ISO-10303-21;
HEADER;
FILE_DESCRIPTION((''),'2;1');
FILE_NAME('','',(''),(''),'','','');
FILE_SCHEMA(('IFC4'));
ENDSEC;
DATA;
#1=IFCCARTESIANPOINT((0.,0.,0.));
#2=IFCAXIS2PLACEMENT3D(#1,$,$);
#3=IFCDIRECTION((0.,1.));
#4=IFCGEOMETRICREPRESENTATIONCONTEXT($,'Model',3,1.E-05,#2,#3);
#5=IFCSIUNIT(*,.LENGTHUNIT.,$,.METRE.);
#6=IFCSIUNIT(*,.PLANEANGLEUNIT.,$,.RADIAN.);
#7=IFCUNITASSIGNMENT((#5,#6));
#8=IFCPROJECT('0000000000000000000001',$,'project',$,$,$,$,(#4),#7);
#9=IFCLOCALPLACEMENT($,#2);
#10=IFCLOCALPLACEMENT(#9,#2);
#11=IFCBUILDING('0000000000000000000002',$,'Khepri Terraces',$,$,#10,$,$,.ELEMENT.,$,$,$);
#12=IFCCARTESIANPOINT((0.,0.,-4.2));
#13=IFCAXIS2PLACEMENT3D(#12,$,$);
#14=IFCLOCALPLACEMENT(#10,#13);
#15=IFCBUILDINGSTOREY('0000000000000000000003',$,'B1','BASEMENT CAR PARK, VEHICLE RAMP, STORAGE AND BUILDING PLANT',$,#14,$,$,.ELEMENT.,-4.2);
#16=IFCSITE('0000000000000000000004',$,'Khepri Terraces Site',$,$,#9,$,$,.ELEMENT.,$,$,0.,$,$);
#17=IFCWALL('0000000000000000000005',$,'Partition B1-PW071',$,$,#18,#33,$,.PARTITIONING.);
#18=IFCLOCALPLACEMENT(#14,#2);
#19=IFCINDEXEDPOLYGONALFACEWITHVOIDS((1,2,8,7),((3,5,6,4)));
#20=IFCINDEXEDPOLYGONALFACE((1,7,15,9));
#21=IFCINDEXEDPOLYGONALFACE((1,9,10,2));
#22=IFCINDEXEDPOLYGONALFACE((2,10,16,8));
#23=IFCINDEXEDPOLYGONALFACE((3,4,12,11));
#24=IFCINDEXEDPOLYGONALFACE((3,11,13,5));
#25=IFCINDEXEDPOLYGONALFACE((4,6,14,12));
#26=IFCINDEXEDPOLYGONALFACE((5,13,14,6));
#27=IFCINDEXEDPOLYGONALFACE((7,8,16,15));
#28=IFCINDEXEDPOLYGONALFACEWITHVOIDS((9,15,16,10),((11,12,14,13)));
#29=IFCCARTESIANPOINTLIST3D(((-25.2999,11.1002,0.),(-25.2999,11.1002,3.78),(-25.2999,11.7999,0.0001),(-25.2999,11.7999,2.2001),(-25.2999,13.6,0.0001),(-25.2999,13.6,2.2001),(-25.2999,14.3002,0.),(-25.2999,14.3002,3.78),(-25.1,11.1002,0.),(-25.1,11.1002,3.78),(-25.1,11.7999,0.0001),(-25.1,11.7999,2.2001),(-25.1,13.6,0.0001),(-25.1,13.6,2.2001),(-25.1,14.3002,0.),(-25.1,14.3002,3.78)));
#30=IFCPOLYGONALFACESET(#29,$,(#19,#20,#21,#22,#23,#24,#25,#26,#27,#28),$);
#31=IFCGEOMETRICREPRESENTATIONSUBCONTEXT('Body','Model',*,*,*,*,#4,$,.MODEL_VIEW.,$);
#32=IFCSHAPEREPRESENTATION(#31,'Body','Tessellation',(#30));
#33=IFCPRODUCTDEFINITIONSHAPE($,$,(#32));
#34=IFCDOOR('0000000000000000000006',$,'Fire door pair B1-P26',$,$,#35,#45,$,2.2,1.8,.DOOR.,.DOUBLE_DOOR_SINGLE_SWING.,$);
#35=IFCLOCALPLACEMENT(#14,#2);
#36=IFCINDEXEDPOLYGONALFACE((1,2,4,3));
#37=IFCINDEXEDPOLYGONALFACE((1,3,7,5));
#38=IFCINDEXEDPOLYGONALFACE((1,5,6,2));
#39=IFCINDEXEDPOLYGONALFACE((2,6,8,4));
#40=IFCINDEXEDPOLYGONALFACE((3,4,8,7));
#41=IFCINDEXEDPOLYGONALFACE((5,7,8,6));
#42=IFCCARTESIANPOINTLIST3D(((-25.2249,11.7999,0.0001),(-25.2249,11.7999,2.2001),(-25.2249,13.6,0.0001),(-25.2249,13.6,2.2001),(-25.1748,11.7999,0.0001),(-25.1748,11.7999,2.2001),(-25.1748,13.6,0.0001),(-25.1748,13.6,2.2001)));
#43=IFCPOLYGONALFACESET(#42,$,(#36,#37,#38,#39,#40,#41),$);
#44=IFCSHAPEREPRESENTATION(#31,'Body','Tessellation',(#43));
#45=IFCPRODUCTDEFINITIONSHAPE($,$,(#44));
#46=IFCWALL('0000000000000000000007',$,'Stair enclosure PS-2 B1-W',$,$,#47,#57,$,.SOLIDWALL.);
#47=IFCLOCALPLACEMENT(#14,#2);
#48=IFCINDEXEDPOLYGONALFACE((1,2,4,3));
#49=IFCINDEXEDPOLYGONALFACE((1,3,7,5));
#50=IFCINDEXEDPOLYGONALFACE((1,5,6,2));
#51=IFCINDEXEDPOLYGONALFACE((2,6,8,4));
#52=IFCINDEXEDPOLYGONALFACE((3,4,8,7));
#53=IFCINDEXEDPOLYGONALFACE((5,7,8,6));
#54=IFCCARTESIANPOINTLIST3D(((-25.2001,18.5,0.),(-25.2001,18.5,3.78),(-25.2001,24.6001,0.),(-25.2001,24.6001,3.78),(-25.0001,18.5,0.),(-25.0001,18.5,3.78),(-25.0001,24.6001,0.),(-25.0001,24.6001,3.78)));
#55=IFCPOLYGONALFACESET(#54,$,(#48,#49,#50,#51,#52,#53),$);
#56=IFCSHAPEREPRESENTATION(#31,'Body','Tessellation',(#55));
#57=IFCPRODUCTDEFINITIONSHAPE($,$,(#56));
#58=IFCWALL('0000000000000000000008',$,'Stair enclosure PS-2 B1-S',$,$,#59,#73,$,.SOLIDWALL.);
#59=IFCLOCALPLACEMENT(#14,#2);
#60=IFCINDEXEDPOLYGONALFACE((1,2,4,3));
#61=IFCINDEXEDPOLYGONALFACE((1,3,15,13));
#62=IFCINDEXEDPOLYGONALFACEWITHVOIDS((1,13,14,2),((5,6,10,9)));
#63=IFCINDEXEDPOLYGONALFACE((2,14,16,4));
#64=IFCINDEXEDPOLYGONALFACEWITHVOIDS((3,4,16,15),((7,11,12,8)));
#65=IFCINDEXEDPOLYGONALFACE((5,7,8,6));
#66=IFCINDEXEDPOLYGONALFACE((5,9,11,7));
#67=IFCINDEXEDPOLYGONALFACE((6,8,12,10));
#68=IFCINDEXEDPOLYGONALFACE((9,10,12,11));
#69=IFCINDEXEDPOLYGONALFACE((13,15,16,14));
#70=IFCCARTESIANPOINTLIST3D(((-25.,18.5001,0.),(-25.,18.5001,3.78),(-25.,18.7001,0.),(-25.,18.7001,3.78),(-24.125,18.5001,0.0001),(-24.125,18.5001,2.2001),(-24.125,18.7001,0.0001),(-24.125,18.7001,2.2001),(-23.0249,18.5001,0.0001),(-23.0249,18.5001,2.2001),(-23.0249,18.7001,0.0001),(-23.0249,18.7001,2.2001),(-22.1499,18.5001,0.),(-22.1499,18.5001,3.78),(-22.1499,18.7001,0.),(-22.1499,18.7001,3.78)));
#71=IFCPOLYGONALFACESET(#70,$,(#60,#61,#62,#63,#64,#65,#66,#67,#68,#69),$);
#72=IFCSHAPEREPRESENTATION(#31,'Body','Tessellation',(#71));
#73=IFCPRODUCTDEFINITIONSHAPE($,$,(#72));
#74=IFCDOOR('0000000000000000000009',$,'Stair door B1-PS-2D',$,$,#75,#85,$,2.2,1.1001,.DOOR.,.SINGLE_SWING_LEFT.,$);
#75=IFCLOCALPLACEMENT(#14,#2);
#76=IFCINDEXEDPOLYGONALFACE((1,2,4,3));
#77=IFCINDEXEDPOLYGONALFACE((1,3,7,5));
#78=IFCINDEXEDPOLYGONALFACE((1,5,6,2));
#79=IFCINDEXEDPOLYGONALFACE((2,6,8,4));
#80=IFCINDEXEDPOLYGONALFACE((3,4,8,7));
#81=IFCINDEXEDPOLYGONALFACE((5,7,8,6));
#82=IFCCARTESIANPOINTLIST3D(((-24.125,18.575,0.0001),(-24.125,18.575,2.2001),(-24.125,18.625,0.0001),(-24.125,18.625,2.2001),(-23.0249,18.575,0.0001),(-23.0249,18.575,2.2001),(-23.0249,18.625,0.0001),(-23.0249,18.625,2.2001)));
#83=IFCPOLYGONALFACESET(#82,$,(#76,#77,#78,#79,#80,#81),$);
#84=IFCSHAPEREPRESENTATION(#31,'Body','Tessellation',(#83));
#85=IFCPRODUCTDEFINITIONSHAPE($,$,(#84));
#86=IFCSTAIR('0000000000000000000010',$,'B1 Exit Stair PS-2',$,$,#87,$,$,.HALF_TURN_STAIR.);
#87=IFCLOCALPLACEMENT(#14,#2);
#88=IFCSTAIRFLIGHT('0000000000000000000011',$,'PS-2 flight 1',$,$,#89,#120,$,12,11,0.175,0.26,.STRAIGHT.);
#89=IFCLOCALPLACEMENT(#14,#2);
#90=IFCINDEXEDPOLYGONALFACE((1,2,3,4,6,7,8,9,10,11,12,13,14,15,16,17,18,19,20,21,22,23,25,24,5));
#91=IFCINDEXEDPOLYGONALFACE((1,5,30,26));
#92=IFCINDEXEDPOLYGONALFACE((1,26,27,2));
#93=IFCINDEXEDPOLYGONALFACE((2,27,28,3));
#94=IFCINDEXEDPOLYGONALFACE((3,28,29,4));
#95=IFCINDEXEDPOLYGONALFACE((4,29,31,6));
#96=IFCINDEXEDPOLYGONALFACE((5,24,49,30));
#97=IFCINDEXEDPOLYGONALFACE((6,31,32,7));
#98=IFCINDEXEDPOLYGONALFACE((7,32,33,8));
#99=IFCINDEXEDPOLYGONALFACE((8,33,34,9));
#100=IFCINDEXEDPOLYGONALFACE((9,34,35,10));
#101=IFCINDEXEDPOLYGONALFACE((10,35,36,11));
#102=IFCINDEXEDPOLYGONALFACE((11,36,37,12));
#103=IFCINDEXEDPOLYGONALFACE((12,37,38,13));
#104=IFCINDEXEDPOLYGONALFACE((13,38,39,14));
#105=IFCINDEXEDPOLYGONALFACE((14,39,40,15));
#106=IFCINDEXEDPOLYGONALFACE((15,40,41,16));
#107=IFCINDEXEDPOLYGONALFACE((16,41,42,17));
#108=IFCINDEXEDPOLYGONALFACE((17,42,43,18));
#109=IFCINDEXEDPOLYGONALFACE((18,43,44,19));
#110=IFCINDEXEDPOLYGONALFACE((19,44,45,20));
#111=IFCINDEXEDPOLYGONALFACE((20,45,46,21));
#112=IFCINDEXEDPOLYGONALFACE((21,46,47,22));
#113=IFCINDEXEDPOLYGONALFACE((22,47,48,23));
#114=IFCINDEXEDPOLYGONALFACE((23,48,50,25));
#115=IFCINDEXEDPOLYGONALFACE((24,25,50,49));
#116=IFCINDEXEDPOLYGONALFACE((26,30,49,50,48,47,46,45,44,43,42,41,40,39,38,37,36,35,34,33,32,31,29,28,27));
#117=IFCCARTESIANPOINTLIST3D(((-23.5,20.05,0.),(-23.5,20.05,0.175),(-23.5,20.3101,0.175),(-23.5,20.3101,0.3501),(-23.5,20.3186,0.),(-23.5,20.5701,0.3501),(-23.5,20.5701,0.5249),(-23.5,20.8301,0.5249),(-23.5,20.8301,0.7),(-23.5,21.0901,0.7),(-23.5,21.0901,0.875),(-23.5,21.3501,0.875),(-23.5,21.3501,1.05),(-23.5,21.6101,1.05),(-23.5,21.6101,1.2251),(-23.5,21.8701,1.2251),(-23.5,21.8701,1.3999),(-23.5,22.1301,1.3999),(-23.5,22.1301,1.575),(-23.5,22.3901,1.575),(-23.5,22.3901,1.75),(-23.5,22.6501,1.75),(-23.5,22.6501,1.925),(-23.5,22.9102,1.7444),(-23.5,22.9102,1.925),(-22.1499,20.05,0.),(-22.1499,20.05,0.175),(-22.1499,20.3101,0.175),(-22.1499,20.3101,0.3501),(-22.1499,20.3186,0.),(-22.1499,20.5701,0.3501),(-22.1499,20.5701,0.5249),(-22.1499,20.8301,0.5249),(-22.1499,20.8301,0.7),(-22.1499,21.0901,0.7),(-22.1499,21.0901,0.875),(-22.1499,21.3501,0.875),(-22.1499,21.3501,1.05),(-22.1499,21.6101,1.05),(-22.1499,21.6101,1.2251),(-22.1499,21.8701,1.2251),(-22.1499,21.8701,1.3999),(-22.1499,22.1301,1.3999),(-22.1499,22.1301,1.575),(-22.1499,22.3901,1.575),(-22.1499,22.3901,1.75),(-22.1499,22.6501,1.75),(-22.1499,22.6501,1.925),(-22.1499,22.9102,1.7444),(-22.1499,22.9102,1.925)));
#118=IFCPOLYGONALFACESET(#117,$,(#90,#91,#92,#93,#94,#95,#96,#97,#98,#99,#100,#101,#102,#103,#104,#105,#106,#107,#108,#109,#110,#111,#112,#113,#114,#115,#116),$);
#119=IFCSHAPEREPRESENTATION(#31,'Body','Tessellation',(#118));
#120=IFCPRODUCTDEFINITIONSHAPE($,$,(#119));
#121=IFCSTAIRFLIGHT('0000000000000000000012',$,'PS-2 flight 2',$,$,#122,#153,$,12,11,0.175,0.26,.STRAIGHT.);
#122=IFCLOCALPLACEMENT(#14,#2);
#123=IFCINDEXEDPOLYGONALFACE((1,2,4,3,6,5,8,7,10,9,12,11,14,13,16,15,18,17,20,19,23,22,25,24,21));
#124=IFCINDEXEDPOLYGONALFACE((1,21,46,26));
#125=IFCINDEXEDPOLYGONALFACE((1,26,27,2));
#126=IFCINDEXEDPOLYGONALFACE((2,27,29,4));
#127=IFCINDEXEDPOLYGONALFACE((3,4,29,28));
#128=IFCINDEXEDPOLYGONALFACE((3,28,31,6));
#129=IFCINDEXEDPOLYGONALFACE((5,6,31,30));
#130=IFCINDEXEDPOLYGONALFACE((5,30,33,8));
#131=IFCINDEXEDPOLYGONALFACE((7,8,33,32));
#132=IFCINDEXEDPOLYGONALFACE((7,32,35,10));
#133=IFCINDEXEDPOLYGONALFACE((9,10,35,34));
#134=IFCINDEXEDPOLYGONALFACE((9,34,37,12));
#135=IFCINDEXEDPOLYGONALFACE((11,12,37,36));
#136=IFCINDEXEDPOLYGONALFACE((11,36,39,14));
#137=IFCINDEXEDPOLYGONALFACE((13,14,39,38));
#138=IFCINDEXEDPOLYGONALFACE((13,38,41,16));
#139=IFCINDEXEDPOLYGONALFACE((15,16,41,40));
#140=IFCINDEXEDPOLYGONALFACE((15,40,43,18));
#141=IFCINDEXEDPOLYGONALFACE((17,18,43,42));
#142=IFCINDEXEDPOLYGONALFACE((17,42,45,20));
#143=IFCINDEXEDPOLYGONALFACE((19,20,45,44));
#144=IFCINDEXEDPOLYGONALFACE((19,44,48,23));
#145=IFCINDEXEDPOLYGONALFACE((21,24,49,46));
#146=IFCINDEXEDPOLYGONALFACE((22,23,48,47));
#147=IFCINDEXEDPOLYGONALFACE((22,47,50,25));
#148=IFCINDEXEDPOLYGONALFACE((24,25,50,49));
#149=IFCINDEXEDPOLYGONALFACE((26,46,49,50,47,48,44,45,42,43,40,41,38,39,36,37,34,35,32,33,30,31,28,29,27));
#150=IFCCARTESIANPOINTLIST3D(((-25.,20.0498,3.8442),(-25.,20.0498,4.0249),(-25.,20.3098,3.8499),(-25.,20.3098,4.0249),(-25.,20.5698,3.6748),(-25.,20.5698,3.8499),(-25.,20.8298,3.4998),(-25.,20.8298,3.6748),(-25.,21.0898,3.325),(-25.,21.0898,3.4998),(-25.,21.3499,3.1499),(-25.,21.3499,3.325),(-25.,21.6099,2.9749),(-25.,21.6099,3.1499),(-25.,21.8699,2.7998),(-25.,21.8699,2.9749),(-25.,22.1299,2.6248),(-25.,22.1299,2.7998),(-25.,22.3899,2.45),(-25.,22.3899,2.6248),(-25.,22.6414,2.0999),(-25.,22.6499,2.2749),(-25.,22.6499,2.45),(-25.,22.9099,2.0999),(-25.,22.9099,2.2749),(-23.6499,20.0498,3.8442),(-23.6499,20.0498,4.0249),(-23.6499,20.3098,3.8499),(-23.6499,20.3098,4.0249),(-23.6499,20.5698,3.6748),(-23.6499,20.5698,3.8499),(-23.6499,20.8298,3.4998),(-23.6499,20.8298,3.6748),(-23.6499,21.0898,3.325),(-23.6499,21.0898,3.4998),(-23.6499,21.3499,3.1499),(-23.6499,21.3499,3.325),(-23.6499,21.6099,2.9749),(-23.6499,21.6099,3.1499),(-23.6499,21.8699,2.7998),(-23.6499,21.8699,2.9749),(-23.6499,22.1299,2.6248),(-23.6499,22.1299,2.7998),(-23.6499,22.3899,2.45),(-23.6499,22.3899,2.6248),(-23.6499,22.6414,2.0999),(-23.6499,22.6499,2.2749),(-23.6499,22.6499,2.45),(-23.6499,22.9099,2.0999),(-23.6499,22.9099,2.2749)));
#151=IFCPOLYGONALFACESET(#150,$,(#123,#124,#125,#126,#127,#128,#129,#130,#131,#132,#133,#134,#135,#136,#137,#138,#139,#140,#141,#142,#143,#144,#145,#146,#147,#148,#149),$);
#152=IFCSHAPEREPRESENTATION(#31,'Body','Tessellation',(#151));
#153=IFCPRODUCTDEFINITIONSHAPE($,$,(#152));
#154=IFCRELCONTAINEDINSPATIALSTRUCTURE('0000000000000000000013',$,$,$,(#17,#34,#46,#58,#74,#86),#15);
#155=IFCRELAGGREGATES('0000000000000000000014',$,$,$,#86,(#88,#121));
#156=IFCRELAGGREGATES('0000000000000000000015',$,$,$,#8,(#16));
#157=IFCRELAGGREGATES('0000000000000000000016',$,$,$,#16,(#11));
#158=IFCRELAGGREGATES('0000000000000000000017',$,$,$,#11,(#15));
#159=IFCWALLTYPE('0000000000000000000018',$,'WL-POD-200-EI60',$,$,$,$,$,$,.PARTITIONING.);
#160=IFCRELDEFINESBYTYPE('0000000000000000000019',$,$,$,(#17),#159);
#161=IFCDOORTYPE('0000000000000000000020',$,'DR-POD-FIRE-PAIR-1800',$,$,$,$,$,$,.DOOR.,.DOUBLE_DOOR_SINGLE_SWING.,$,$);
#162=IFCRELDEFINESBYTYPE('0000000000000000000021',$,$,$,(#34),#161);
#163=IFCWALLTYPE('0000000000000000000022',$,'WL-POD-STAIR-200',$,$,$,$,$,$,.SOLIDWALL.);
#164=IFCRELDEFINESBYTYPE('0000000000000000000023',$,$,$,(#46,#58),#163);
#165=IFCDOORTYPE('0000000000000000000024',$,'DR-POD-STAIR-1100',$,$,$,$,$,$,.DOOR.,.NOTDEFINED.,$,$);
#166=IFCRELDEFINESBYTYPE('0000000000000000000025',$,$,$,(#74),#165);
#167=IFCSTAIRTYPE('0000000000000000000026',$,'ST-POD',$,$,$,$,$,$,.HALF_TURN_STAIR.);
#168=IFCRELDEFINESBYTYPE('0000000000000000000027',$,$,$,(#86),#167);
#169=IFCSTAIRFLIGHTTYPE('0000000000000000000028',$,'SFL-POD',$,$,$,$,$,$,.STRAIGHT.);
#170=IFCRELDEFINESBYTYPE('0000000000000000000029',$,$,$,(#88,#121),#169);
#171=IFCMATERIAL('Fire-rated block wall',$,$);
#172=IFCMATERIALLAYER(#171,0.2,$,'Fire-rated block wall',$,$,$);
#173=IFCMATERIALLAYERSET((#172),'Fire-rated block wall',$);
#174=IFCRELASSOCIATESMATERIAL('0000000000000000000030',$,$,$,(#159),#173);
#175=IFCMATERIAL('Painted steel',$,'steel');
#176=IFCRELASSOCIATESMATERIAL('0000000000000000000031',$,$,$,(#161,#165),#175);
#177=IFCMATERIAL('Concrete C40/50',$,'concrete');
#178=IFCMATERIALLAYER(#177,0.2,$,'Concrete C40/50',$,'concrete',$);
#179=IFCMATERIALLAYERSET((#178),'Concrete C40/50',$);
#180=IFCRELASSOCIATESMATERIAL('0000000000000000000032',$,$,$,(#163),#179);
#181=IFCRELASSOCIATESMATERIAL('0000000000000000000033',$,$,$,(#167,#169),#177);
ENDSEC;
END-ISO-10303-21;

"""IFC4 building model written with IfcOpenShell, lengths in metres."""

from ifc_helpers import new_model, si_unit, direction, frame, frame_2d, origin, place, context, subcontext, project, spatial, polyline, rectangle, outline, extrude, material, layer, layer_set, type_object, element, fill, aggregate, save


model = new_model("IFC4")

# Units and contexts
model_context = context("Model", 3, precision=1e-05, world=origin(), true_north=direction((0.0, 1.0)))
body_context = subcontext(model_context, "Body", "Model", "MODEL_VIEW")
ifc_project = project(units=[si_unit("LENGTHUNIT", "METRE"), si_unit("PLANEANGLEUNIT", "RADIAN")], contexts=[model_context])

# Site, building, storey
site_placement = place(None, origin())
site = spatial("IfcSite", under=ifc_project, at=site_placement, Name="Khepri Terraces Site", CompositionType="ELEMENT", RefElevation=0.0)
building_placement = place(site_placement, origin())
building = spatial("IfcBuilding", under=site, at=building_placement, Name="Khepri Terraces", CompositionType="ELEMENT")
storey_placement = place(building_placement, frame((0.0, 0.0, -4.2)))
storey = spatial("IfcBuildingStorey", under=building, at=storey_placement, Name="B1", Description="BASEMENT CAR PARK, VEHICLE RAMP, STORAGE AND BUILDING PLANT", CompositionType="ELEMENT", Elevation=-4.2)

# Shared definitions
ifc_material_1 = material(Name="Fire-rated block wall")
ifc_material_2 = material(Name="Painted steel", Category="steel")

# Wall, opening, door
ifc_layer_1 = layer(ifc_material_1, 0.2, Name="Fire-rated block wall")
ifc_layer_set_1 = layer_set([ifc_layer_1], Name="Fire-rated block wall")
wall_type_1 = type_object("IfcWallType", Name="WL-POD-200-EI60", PredefinedType="PARTITIONING", material=ifc_layer_set_1)
wall_1_placement = place(storey_placement, frame((-25.2, 11.1001, 0.0), z_axis=(0.0, 0.0, 1.0), x_axis=(0.0, 1.0, 0.0)))
wall_1 = element("IfcWall", 1, at=wall_1_placement, inside=storey, type_object=wall_type_1, Name="Partition B1-PW071", PredefinedType="PARTITIONING", context=body_context, shape_type="SweptSolid", body=[
    extrude(rectangle(XDim=3.2, YDim=0.2, at=frame_2d((1.6001, 0.0))), origin(), (0.0, 0.0, 1.0), 3.78),
])
opening_1_placement = place(wall_1_placement, frame((0.7, 0.0, 0.0)))
opening_1 = element("IfcOpeningElement", 2, at=opening_1_placement, cuts=wall_1, PredefinedType="OPENING", context=body_context, shape_type="SweptSolid", body=[
    extrude(rectangle(XDim=1.8, YDim=2.2, at=frame_2d((0.8999, 1.1001))), frame((0.0, 0.1099, 0.0), z_axis=(0.0, -1.0, 0.0), x_axis=(1.0, 0.0, 0.0)), (0.0, 0.0, 1.0), 0.22),
])
door_type_1 = type_object("IfcDoorType", Name="DR-POD-FIRE-PAIR-1800", OperationType="DOUBLE_DOOR_SINGLE_SWING", PredefinedType="DOOR", material=ifc_material_2)
door_1_placement = place(opening_1_placement, origin())
door_1 = element("IfcDoor", 3, at=door_1_placement, inside=storey, type_object=door_type_1, Name="Fire door pair B1-P26", OperationType="DOUBLE_DOOR_SINGLE_SWING", OverallHeight=2.2, OverallWidth=1.8, PredefinedType="DOOR", context=body_context, shape_type="SweptSolid", body=[
    extrude(rectangle(XDim=1.8, YDim=2.2, at=frame_2d((0.8999, 1.1001))), frame((0.0, 0.0249, 0.0), z_axis=(0.0, -1.0, 0.0), x_axis=(1.0, 0.0, 0.0)), (0.0, 0.0, 1.0), 0.05),
])
fill(opening_1, door_1)

# Wall
ifc_material_3 = material(Name="Concrete C40/50", Category="concrete")
ifc_layer_2 = layer(ifc_material_3, 0.2, Name="Concrete C40/50", Category="concrete")
ifc_layer_set_2 = layer_set([ifc_layer_2], Name="Concrete C40/50")
wall_type_2 = type_object("IfcWallType", Name="WL-POD-STAIR-200", PredefinedType="SOLIDWALL", material=ifc_layer_set_2)
wall_2_placement = place(storey_placement, frame((-25.1001, 18.5, 0.0), z_axis=(0.0, 0.0, 1.0), x_axis=(0.0, 1.0, 0.0)))
element("IfcWall", 4, at=wall_2_placement, inside=storey, type_object=wall_type_2, Name="Stair enclosure PS-2 B1-W", PredefinedType="SOLIDWALL", context=body_context, shape_type="SweptSolid", body=[
    extrude(rectangle(XDim=6.1001, YDim=0.2, at=frame_2d((3.05, 0.0))), origin(), (0.0, 0.0, 1.0), 3.78),
])

# Wall, opening, door
wall_3_placement = place(storey_placement, frame((-25.0, 18.6001, 0.0), z_axis=(0.0, 0.0, 1.0), x_axis=(1.0, 0.0, 0.0)))
wall_3 = element("IfcWall", 5, at=wall_3_placement, inside=storey, type_object=wall_type_2, Name="Stair enclosure PS-2 B1-S", PredefinedType="SOLIDWALL", context=body_context, shape_type="SweptSolid", body=[
    extrude(rectangle(XDim=2.8501, YDim=0.2, at=frame_2d((1.425, 0.0))), origin(), (0.0, 0.0, 1.0), 3.78),
])
opening_2_placement = place(wall_3_placement, frame((0.875, 0.0, 0.0)))
opening_2 = element("IfcOpeningElement", 6, at=opening_2_placement, cuts=wall_3, PredefinedType="OPENING", context=body_context, shape_type="SweptSolid", body=[
    extrude(rectangle(XDim=1.1001, YDim=2.2, at=frame_2d((0.55, 1.1001))), frame((0.0, 0.1099, 0.0), z_axis=(0.0, -1.0, 0.0), x_axis=(1.0, 0.0, 0.0)), (0.0, 0.0, 1.0), 0.22),
])
door_type_2 = type_object("IfcDoorType", Name="DR-POD-STAIR-1100", OperationType="NOTDEFINED", PredefinedType="DOOR", material=ifc_material_2)
door_2_placement = place(opening_2_placement, origin())
door_2 = element("IfcDoor", 7, at=door_2_placement, inside=storey, type_object=door_type_2, Name="Stair door B1-PS-2D", OperationType="SINGLE_SWING_LEFT", OverallHeight=2.2, OverallWidth=1.1001, PredefinedType="DOOR", context=body_context, shape_type="SweptSolid", body=[
    extrude(rectangle(XDim=1.1001, YDim=2.2, at=frame_2d((0.55, 1.1001))), frame((0.0, 0.0249, 0.0), z_axis=(0.0, -1.0, 0.0), x_axis=(1.0, 0.0, 0.0)), (0.0, 0.0, 1.0), 0.05),
])
fill(opening_2, door_2)

# Stair, stair flights
stair_type = type_object("IfcStairType", Name="ST-POD", PredefinedType="HALF_TURN_STAIR", material=ifc_material_3)
stair_placement = place(storey_placement, origin())
stair = element("IfcStair", 8, at=stair_placement, inside=storey, type_object=stair_type, Name="B1 Exit Stair PS-2", PredefinedType="HALF_TURN_STAIR")
stair_flight_type = type_object("IfcStairFlightType", Name="SFL-POD", PredefinedType="STRAIGHT", material=ifc_material_3)
stair_flight_1_placement = place(storey_placement, frame((-22.825, 20.05, 0.0), z_axis=(0.0, 0.0, 1.0), x_axis=(0.0, 1.0, 0.0)))
stair_flight_1 = element("IfcStairFlight", 9, at=stair_flight_1_placement, type_object=stair_flight_type, Name="PS-2 flight 1", NumberOfRisers=12, NumberOfTreads=11, PredefinedType="STRAIGHT", RiserHeight=0.175, TreadLength=0.26, context=body_context, shape_type="SweptSolid", body=[
    extrude(outline(polyline([(0.0, 0.0), (0.0, 0.175), (0.26, 0.175), (0.26, 0.3501), (0.52, 0.3501), (0.52, 0.5249), (0.78, 0.5249), (0.78, 0.7), (1.04, 0.7), (1.04, 0.875), (1.3, 0.875), (1.3, 1.05), (1.5601, 1.05), (1.5601, 1.2251), (1.8201, 1.2251), (1.8201, 1.3999), (2.0801, 1.3999), (2.0801, 1.575), (2.3401, 1.575), (2.3401, 1.75), (2.6001, 1.75), (2.6001, 1.925), (2.8601, 1.925), (2.8601, 2.1001), (2.8601, 1.7444), (0.2686, 0.0), (0.0, 0.0)])), frame((0.0, 0.675, 0.0), z_axis=(0.0, -1.0, 0.0), x_axis=(1.0, 0.0, 0.0)), (0.0, 0.0, 1.0), 1.3501),
])
stair_flight_2_placement = place(storey_placement, frame((-24.325, 22.9099, 2.0999), z_axis=(0.0, 0.0, 1.0), x_axis=(0.0, -1.0, 0.0)))
stair_flight_2 = element("IfcStairFlight", 10, at=stair_flight_2_placement, type_object=stair_flight_type, Name="PS-2 flight 2", NumberOfRisers=12, NumberOfTreads=11, PredefinedType="STRAIGHT", RiserHeight=0.175, TreadLength=0.26, context=body_context, shape_type="SweptSolid", body=[
    extrude(outline(polyline([(0.0, 0.0), (0.0, 0.175), (0.26, 0.175), (0.26, 0.3501), (0.52, 0.3501), (0.52, 0.5249), (0.78, 0.5249), (0.78, 0.7), (1.04, 0.7), (1.04, 0.875), (1.3, 0.875), (1.3, 1.05), (1.5601, 1.05), (1.5601, 1.2251), (1.8201, 1.2251), (1.8201, 1.3999), (2.0801, 1.3999), (2.0801, 1.575), (2.3401, 1.575), (2.3401, 1.75), (2.6001, 1.75), (2.6001, 1.925), (2.8601, 1.925), (2.8601, 2.1001), (2.8601, 1.7444), (0.2686, 0.0), (0.0, 0.0)])), frame((0.0, 0.675, 0.0), z_axis=(0.0, -1.0, 0.0), x_axis=(1.0, 0.0, 0.0)), (0.0, 0.0, 1.0), 1.3501),
])
aggregate(stair, [stair_flight_1, stair_flight_2])

save(model, "model.ifc")
